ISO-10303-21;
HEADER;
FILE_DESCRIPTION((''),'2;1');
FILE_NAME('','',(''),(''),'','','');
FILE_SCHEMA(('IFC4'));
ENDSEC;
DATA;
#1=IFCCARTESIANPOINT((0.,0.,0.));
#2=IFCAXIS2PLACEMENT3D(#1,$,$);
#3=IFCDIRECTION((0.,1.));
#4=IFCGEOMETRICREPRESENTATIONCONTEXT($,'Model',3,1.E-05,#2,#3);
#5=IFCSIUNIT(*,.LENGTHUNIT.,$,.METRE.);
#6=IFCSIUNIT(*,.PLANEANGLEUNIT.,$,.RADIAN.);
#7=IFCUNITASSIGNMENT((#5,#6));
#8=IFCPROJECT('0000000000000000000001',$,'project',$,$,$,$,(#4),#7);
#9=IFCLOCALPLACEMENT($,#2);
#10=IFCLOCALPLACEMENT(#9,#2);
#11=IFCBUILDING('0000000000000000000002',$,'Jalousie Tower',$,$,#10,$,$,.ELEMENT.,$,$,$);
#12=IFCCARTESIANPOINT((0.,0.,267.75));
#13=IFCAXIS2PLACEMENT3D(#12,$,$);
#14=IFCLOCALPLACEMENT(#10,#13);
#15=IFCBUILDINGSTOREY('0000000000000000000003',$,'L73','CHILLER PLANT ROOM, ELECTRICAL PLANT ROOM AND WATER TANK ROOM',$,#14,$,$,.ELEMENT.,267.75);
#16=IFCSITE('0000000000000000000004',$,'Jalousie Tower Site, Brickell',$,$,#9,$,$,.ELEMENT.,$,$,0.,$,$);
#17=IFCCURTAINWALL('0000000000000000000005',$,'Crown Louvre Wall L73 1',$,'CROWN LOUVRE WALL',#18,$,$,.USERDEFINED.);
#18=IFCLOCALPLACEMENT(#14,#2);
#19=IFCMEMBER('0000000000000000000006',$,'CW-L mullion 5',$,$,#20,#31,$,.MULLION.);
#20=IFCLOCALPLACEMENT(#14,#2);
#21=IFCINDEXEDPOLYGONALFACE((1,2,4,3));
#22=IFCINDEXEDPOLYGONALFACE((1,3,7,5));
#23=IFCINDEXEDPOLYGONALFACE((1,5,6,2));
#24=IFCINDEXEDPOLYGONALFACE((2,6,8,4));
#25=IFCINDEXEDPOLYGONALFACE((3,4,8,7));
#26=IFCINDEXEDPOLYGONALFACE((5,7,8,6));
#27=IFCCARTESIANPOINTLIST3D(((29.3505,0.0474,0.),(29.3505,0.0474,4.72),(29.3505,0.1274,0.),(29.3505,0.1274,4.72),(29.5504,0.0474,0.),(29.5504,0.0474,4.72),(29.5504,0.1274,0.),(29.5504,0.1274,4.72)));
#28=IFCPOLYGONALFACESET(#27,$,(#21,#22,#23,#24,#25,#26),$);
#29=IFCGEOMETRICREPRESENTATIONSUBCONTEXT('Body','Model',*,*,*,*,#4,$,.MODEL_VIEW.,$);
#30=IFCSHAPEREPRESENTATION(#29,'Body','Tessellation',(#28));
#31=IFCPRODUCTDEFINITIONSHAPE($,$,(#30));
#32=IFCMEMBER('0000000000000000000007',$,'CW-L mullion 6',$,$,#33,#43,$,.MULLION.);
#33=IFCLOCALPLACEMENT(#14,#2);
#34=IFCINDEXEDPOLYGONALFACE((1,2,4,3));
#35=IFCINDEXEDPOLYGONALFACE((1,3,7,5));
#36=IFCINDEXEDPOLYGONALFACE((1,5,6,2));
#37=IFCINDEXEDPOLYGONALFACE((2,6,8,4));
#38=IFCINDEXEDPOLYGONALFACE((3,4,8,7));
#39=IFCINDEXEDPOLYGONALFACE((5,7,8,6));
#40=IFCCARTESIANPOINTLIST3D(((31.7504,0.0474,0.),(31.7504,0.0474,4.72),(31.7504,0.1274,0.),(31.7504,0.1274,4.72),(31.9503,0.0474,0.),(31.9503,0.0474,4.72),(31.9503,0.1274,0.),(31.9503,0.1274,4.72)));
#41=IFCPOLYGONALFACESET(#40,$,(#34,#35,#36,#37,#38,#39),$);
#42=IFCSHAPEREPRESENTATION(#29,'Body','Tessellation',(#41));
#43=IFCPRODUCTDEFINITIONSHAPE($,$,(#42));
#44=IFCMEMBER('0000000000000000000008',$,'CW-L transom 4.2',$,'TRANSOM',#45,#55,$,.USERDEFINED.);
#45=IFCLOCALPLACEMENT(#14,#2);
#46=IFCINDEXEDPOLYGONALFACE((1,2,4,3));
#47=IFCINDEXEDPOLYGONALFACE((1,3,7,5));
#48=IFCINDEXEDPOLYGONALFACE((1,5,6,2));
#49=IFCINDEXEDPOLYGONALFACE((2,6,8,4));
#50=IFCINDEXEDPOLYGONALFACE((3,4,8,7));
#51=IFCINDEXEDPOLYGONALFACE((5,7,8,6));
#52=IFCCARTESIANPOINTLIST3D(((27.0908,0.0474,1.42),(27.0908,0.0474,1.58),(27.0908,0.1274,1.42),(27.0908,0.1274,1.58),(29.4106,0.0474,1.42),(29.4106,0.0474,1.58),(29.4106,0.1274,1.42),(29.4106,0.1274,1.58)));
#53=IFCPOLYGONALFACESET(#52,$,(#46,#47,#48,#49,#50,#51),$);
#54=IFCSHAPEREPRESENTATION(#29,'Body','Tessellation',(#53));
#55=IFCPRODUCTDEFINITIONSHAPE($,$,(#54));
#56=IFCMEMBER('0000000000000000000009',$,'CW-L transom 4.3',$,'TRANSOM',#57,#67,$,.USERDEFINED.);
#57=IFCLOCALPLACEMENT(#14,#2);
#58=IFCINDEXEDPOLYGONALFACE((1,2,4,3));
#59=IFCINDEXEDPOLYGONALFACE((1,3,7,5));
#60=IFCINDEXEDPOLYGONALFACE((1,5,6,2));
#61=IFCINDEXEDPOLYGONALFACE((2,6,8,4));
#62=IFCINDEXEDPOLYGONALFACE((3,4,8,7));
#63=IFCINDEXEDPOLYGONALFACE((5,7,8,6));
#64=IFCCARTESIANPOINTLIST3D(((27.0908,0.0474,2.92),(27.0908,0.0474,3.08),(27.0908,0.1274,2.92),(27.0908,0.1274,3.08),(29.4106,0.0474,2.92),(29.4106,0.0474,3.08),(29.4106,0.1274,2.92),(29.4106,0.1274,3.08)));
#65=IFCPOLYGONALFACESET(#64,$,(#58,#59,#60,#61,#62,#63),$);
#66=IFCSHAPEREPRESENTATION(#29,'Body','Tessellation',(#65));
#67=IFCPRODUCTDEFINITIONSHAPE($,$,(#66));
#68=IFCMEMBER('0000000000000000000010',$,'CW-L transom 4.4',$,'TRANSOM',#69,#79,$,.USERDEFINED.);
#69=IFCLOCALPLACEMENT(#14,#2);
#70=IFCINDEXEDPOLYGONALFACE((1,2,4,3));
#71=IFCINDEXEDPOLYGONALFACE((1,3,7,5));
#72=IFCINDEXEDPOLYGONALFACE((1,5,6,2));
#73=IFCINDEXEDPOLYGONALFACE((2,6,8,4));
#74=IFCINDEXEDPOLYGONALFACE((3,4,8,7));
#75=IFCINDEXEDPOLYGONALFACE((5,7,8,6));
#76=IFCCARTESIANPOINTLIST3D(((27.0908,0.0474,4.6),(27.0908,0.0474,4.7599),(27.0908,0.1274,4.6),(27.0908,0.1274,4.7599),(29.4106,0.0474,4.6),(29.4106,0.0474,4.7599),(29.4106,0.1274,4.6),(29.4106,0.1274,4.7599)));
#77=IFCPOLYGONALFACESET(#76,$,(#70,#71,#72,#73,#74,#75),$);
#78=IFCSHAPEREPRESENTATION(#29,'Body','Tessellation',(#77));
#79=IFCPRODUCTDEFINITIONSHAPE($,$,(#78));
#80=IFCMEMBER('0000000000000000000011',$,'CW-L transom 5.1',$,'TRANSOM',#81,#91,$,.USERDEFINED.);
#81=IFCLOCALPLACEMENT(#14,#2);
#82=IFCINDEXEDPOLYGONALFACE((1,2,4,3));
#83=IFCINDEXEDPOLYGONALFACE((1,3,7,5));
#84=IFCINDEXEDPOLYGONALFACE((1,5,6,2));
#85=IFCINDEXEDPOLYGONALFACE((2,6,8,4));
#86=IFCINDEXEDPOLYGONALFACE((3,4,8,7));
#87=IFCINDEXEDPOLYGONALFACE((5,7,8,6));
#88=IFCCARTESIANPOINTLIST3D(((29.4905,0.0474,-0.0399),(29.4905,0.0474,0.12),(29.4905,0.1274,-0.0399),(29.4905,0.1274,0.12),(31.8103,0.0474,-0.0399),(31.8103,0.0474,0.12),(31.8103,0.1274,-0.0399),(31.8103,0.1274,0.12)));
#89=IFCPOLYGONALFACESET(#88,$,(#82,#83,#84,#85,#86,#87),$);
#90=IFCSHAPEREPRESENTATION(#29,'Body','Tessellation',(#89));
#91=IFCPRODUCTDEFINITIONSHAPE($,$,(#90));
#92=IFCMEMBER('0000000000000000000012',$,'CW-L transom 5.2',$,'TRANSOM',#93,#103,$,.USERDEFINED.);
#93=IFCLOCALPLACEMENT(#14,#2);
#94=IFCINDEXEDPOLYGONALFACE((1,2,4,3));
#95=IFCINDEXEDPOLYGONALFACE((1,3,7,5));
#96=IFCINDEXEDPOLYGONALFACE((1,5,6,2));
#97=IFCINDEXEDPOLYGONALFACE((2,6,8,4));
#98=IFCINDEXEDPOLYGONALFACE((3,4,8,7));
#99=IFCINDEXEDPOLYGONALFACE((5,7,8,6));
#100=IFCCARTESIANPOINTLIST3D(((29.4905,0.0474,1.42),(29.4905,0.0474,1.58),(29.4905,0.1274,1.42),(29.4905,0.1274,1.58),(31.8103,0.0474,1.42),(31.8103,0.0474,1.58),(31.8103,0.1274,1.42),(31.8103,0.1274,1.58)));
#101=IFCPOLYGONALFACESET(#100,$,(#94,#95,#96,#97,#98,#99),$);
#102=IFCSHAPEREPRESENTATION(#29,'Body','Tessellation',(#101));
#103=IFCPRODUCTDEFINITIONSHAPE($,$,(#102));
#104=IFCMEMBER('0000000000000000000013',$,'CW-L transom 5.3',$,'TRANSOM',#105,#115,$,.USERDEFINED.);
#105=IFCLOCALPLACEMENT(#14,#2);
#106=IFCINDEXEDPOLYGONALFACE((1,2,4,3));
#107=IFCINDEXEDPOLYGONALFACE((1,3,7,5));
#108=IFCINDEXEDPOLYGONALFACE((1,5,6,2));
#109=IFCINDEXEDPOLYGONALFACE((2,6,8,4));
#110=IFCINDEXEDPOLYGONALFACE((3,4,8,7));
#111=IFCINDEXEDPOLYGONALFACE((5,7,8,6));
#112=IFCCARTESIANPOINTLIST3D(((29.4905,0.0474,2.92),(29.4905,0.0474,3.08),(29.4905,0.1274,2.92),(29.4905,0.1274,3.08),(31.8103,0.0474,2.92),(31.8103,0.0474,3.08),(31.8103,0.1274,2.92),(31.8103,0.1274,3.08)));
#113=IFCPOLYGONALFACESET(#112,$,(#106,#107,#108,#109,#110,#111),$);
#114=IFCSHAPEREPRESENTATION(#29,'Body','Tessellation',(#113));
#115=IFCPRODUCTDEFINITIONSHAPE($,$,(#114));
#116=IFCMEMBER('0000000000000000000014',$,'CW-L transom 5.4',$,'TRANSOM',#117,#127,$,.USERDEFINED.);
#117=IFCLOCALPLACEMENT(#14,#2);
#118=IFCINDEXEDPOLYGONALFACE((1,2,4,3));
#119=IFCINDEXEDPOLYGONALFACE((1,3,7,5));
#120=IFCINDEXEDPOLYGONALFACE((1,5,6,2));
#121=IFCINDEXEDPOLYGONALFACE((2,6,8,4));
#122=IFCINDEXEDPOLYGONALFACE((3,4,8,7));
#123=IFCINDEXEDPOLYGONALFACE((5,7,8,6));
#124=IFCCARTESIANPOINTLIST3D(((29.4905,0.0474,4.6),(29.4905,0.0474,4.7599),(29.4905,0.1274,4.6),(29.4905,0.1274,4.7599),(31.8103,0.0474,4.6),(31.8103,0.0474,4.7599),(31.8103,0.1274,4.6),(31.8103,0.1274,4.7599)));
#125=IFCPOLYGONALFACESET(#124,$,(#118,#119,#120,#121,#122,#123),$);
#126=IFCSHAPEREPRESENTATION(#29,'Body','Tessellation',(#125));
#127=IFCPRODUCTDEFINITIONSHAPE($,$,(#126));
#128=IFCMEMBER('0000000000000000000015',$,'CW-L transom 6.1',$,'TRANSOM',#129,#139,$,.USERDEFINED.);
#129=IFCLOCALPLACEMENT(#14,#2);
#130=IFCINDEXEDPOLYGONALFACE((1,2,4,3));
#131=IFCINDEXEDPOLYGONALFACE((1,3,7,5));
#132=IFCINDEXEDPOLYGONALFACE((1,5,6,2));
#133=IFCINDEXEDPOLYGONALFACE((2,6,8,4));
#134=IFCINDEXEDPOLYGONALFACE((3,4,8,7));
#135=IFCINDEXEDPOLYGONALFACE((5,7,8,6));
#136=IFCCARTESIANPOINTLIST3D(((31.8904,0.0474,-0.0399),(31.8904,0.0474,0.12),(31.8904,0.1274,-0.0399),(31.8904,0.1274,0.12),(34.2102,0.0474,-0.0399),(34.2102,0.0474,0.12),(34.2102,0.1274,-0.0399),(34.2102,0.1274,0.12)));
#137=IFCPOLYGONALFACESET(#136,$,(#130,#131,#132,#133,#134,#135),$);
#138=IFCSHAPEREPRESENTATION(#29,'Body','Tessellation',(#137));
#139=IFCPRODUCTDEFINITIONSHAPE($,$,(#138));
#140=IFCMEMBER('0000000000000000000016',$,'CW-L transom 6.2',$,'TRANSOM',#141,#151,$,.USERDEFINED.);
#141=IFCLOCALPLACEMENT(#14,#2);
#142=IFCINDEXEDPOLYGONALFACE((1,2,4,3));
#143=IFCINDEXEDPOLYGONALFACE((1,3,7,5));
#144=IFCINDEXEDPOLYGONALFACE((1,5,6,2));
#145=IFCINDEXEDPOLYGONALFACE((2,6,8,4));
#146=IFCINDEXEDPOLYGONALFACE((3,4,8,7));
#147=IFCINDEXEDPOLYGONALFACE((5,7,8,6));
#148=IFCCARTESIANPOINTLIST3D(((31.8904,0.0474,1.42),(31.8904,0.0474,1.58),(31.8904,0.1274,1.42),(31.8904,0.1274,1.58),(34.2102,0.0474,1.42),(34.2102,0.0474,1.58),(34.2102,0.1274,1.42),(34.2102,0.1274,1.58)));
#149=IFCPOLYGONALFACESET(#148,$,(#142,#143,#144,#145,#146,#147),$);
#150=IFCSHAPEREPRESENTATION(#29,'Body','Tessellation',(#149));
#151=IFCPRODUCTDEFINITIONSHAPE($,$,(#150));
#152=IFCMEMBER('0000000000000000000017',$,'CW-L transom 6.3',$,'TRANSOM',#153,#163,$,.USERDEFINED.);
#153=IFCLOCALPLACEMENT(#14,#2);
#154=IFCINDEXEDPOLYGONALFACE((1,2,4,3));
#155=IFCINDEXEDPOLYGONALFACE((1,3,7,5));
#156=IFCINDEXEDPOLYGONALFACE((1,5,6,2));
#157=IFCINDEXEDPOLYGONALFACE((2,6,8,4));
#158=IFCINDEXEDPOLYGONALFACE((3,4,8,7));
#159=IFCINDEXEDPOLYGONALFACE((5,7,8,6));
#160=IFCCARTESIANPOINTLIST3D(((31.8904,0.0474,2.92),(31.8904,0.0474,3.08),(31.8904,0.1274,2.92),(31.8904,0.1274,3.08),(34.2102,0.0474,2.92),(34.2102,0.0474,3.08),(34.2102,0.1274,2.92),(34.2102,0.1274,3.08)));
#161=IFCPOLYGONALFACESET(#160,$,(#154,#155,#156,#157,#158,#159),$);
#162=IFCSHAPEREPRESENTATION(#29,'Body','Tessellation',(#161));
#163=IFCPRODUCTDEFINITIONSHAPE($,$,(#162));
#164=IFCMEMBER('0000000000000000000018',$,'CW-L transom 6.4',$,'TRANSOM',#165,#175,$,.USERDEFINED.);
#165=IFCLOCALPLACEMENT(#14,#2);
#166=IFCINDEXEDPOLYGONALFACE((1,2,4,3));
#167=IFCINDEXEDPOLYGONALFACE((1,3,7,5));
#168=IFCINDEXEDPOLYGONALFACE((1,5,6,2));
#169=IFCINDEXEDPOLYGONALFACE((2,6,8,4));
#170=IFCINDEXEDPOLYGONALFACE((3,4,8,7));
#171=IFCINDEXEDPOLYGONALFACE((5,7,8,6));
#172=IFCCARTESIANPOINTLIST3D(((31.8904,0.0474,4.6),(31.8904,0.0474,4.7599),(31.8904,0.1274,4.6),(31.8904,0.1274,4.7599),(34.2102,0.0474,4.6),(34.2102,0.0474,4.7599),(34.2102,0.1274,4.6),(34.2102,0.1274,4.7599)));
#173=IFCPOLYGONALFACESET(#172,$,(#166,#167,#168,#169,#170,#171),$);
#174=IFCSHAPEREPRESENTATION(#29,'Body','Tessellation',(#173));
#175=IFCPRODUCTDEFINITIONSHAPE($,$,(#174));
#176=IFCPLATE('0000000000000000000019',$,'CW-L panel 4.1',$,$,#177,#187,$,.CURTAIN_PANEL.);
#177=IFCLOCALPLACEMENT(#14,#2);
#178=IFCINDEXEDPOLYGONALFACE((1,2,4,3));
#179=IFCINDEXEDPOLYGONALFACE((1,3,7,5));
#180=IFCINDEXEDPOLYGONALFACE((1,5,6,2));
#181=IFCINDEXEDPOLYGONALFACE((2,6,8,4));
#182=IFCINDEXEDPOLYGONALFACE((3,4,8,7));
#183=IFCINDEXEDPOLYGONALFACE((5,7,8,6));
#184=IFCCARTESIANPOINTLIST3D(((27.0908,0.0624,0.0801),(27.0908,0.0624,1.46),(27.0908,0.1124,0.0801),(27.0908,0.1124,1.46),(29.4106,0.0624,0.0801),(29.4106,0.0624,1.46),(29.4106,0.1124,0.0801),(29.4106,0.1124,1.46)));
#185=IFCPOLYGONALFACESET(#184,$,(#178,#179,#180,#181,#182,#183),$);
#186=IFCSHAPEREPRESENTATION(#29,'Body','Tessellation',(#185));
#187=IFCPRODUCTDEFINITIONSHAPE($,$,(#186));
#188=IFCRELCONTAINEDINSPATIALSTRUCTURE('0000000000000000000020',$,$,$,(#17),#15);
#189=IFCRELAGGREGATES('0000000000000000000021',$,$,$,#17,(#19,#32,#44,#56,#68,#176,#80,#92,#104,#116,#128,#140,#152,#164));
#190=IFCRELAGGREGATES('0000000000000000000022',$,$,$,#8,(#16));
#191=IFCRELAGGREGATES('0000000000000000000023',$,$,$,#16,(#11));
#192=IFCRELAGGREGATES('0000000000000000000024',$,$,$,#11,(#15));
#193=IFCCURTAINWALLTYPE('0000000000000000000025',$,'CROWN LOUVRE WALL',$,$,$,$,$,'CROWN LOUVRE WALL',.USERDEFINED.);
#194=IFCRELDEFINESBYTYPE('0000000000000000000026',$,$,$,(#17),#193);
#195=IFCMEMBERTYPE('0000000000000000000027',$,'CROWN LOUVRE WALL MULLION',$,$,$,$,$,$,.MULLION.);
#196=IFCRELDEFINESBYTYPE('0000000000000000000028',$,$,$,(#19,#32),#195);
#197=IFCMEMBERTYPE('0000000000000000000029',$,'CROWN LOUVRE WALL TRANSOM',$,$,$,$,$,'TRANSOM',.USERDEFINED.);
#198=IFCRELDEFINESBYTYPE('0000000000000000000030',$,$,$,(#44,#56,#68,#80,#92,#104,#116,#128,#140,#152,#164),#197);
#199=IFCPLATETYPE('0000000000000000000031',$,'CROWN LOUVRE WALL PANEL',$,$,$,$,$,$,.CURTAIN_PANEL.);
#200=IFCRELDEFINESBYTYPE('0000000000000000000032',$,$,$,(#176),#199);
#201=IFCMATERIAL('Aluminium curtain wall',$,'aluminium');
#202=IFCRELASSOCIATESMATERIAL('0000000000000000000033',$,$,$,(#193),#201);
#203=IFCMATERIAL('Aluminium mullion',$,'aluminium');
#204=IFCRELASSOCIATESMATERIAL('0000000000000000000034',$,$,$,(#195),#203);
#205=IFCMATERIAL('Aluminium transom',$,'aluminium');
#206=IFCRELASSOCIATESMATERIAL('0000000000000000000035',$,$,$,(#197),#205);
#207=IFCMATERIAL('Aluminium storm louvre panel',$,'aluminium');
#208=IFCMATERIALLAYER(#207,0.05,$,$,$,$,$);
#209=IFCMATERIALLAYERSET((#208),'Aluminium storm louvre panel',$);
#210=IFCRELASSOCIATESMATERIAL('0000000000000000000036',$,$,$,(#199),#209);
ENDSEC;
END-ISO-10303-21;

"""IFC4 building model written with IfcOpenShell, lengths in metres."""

from ifc_helpers import new_model, si_unit, direction, frame, origin, origin_2d, place, context, subcontext, project, spatial, rectangle, extrude, material, layer, layer_set, material_profile, profile_set, type_object, element, aggregate, save


model = new_model("IFC4")

# Units and contexts
model_context = context("Model", 3, precision=1e-05, world=origin(), true_north=direction((0.0, 1.0)))
body_context = subcontext(model_context, "Body", "Model", "MODEL_VIEW")
ifc_project = project(units=[si_unit("LENGTHUNIT", "METRE"), si_unit("PLANEANGLEUNIT", "RADIAN")], contexts=[model_context])

# Site, building, storey
site_placement = place(None, origin())
site = spatial("IfcSite", under=ifc_project, at=site_placement, Name="Jalousie Tower Site, Brickell", CompositionType="ELEMENT", RefElevation=0.0)
building_placement = place(site_placement, origin())
building = spatial("IfcBuilding", under=site, at=building_placement, Name="Jalousie Tower", CompositionType="ELEMENT")
storey_placement = place(building_placement, frame((0.0, 0.0, 267.75)))
storey = spatial("IfcBuildingStorey", under=building, at=storey_placement, Name="L73", Description="CHILLER PLANT ROOM, ELECTRICAL PLANT ROOM AND WATER TANK ROOM", CompositionType="ELEMENT", Elevation=267.75)

# Curtain wall, members, plate
ifc_material_1 = material(Name="Aluminium curtain wall", Category="aluminium")
curtain_wall_type = type_object("IfcCurtainWallType", Name="CROWN LOUVRE WALL", ElementType="CROWN LOUVRE WALL", PredefinedType="USERDEFINED", material=ifc_material_1)
curtain_wall_placement = place(storey_placement, origin())
curtain_wall = element("IfcCurtainWall", 1, at=curtain_wall_placement, inside=storey, type_object=curtain_wall_type, Name="Crown Louvre Wall L73 1", ObjectType="CROWN LOUVRE WALL", PredefinedType="USERDEFINED")
ifc_material_2 = material(Name="Aluminium mullion", Category="aluminium")
ifc_material_profile_1 = material_profile(ifc_material_2, rectangle(XDim=0.0801, YDim=0.2, at=origin_2d()), Name="MULLION 80x200")
ifc_profile_set_1 = profile_set([ifc_material_profile_1], Name="Aluminium mullion")
member_type_1 = type_object("IfcMemberType", Name="CROWN LOUVRE WALL MULLION", PredefinedType="MULLION", material=ifc_profile_set_1)
member_1_placement = place(storey_placement, frame((29.4504, 0.0874, 0.0), z_axis=(0.0, 0.0, 1.0), x_axis=(0.0, 1.0, 0.0)))
member_1 = element("IfcMember", 2, at=member_1_placement, type_object=member_type_1, Name="CW-L mullion 5", PredefinedType="MULLION", context=body_context, shape_type="SweptSolid", body=[
    extrude(rectangle(XDim=0.0801, YDim=0.2, at=origin_2d()), origin(), (0.0, 0.0, 1.0), 4.72),
])
member_2_placement = place(storey_placement, frame((31.8503, 0.0874, 0.0), z_axis=(0.0, 0.0, 1.0), x_axis=(0.0, 1.0, 0.0)))
member_2 = element("IfcMember", 3, at=member_2_placement, type_object=member_type_1, Name="CW-L mullion 6", PredefinedType="MULLION", context=body_context, shape_type="SweptSolid", body=[
    extrude(rectangle(XDim=0.0801, YDim=0.2, at=origin_2d()), origin(), (0.0, 0.0, 1.0), 4.72),
])
ifc_material_3 = material(Name="Aluminium transom", Category="aluminium")
ifc_material_profile_2 = material_profile(ifc_material_3, rectangle(XDim=0.0801, YDim=0.1599, at=origin_2d()), Name="TRANSOM 80x160")
ifc_profile_set_2 = profile_set([ifc_material_profile_2], Name="Aluminium transom")
member_type_2 = type_object("IfcMemberType", Name="CROWN LOUVRE WALL TRANSOM", ElementType="TRANSOM", PredefinedType="USERDEFINED", material=ifc_profile_set_2)
member_3_placement = place(storey_placement, frame((27.0908, 0.0874, 1.5), z_axis=(1.0, 0.0, 0.0), x_axis=(0.0, 1.0, 0.0)))
member_3 = element("IfcMember", 4, at=member_3_placement, type_object=member_type_2, Name="CW-L transom 4.2", ObjectType="TRANSOM", PredefinedType="USERDEFINED", context=body_context, shape_type="SweptSolid", body=[
    extrude(rectangle(XDim=0.0801, YDim=0.1599, at=origin_2d()), origin(), (0.0, 0.0, 1.0), 2.3198),
])
member_4_placement = place(storey_placement, frame((27.0908, 0.0874, 3.0), z_axis=(1.0, 0.0, 0.0), x_axis=(0.0, 1.0, 0.0)))
member_4 = element("IfcMember", 5, at=member_4_placement, type_object=member_type_2, Name="CW-L transom 4.3", ObjectType="TRANSOM", PredefinedType="USERDEFINED", context=body_context, shape_type="SweptSolid", body=[
    extrude(rectangle(XDim=0.0801, YDim=0.1599, at=origin_2d()), origin(), (0.0, 0.0, 1.0), 2.3198),
])
member_5_placement = place(storey_placement, frame((27.0908, 0.0874, 4.6799), z_axis=(1.0, 0.0, 0.0), x_axis=(0.0, 1.0, 0.0)))
member_5 = element("IfcMember", 6, at=member_5_placement, type_object=member_type_2, Name="CW-L transom 4.4", ObjectType="TRANSOM", PredefinedType="USERDEFINED", context=body_context, shape_type="SweptSolid", body=[
    extrude(rectangle(XDim=0.0801, YDim=0.1599, at=origin_2d()), origin(), (0.0, 0.0, 1.0), 2.3198),
])
member_6_placement = place(storey_placement, frame((29.4905, 0.0874, 0.04), z_axis=(1.0, 0.0, 0.0), x_axis=(0.0, 1.0, 0.0)))
member_6 = element("IfcMember", 7, at=member_6_placement, type_object=member_type_2, Name="CW-L transom 5.1", ObjectType="TRANSOM", PredefinedType="USERDEFINED", context=body_context, shape_type="SweptSolid", body=[
    extrude(rectangle(XDim=0.0801, YDim=0.1599, at=origin_2d()), origin(), (0.0, 0.0, 1.0), 2.3198),
])
member_7_placement = place(storey_placement, frame((29.4905, 0.0874, 1.5), z_axis=(1.0, 0.0, 0.0), x_axis=(0.0, 1.0, 0.0)))
member_7 = element("IfcMember", 8, at=member_7_placement, type_object=member_type_2, Name="CW-L transom 5.2", ObjectType="TRANSOM", PredefinedType="USERDEFINED", context=body_context, shape_type="SweptSolid", body=[
    extrude(rectangle(XDim=0.0801, YDim=0.1599, at=origin_2d()), origin(), (0.0, 0.0, 1.0), 2.3198),
])
member_8_placement = place(storey_placement, frame((29.4905, 0.0874, 3.0), z_axis=(1.0, 0.0, 0.0), x_axis=(0.0, 1.0, 0.0)))
member_8 = element("IfcMember", 9, at=member_8_placement, type_object=member_type_2, Name="CW-L transom 5.3", ObjectType="TRANSOM", PredefinedType="USERDEFINED", context=body_context, shape_type="SweptSolid", body=[
    extrude(rectangle(XDim=0.0801, YDim=0.1599, at=origin_2d()), origin(), (0.0, 0.0, 1.0), 2.3198),
])
member_9_placement = place(storey_placement, frame((29.4905, 0.0874, 4.6799), z_axis=(1.0, 0.0, 0.0), x_axis=(0.0, 1.0, 0.0)))
member_9 = element("IfcMember", 10, at=member_9_placement, type_object=member_type_2, Name="CW-L transom 5.4", ObjectType="TRANSOM", PredefinedType="USERDEFINED", context=body_context, shape_type="SweptSolid", body=[
    extrude(rectangle(XDim=0.0801, YDim=0.1599, at=origin_2d()), origin(), (0.0, 0.0, 1.0), 2.3198),
])
member_10_placement = place(storey_placement, frame((31.8904, 0.0874, 0.04), z_axis=(1.0, 0.0, 0.0), x_axis=(0.0, 1.0, 0.0)))
member_10 = element("IfcMember", 11, at=member_10_placement, type_object=member_type_2, Name="CW-L transom 6.1", ObjectType="TRANSOM", PredefinedType="USERDEFINED", context=body_context, shape_type="SweptSolid", body=[
    extrude(rectangle(XDim=0.0801, YDim=0.1599, at=origin_2d()), origin(), (0.0, 0.0, 1.0), 2.3198),
])
member_11_placement = place(storey_placement, frame((31.8904, 0.0874, 1.5), z_axis=(1.0, 0.0, 0.0), x_axis=(0.0, 1.0, 0.0)))
member_11 = element("IfcMember", 12, at=member_11_placement, type_object=member_type_2, Name="CW-L transom 6.2", ObjectType="TRANSOM", PredefinedType="USERDEFINED", context=body_context, shape_type="SweptSolid", body=[
    extrude(rectangle(XDim=0.0801, YDim=0.1599, at=origin_2d()), origin(), (0.0, 0.0, 1.0), 2.3198),
])
member_12_placement = place(storey_placement, frame((31.8904, 0.0874, 3.0), z_axis=(1.0, 0.0, 0.0), x_axis=(0.0, 1.0, 0.0)))
member_12 = element("IfcMember", 13, at=member_12_placement, type_object=member_type_2, Name="CW-L transom 6.3", ObjectType="TRANSOM", PredefinedType="USERDEFINED", context=body_context, shape_type="SweptSolid", body=[
    extrude(rectangle(XDim=0.0801, YDim=0.1599, at=origin_2d()), origin(), (0.0, 0.0, 1.0), 2.3198),
])
member_13_placement = place(storey_placement, frame((31.8904, 0.0874, 4.6799), z_axis=(1.0, 0.0, 0.0), x_axis=(0.0, 1.0, 0.0)))
member_13 = element("IfcMember", 14, at=member_13_placement, type_object=member_type_2, Name="CW-L transom 6.4", ObjectType="TRANSOM", PredefinedType="USERDEFINED", context=body_context, shape_type="SweptSolid", body=[
    extrude(rectangle(XDim=0.0801, YDim=0.1599, at=origin_2d()), origin(), (0.0, 0.0, 1.0), 2.3198),
])
ifc_material_4 = material(Name="Aluminium storm louvre panel", Category="aluminium")
ifc_layer = layer(ifc_material_4, 0.05)
ifc_layer_set = layer_set([ifc_layer], Name="Aluminium storm louvre panel")
plate_type = type_object("IfcPlateType", Name="CROWN LOUVRE WALL PANEL", PredefinedType="CURTAIN_PANEL", material=ifc_layer_set)
plate_1_placement = place(storey_placement, frame((28.2507, 0.0874, 0.0801), z_axis=(0.0, 0.0, 1.0), x_axis=(1.0, 0.0, 0.0)))
plate_1 = element("IfcPlate", 15, at=plate_1_placement, type_object=plate_type, Name="CW-L panel 4.1", PredefinedType="CURTAIN_PANEL", context=body_context, shape_type="SweptSolid", body=[
    extrude(rectangle(XDim=2.3198, YDim=0.05, at=origin_2d()), origin(), (0.0, 0.0, 1.0), 1.3799),
])
aggregate(curtain_wall, [member_1, member_2, member_3, member_4, member_5, plate_1, member_6, member_7, member_8, member_9, member_10, member_11, member_12, member_13])

save(model, "model.ifc")
